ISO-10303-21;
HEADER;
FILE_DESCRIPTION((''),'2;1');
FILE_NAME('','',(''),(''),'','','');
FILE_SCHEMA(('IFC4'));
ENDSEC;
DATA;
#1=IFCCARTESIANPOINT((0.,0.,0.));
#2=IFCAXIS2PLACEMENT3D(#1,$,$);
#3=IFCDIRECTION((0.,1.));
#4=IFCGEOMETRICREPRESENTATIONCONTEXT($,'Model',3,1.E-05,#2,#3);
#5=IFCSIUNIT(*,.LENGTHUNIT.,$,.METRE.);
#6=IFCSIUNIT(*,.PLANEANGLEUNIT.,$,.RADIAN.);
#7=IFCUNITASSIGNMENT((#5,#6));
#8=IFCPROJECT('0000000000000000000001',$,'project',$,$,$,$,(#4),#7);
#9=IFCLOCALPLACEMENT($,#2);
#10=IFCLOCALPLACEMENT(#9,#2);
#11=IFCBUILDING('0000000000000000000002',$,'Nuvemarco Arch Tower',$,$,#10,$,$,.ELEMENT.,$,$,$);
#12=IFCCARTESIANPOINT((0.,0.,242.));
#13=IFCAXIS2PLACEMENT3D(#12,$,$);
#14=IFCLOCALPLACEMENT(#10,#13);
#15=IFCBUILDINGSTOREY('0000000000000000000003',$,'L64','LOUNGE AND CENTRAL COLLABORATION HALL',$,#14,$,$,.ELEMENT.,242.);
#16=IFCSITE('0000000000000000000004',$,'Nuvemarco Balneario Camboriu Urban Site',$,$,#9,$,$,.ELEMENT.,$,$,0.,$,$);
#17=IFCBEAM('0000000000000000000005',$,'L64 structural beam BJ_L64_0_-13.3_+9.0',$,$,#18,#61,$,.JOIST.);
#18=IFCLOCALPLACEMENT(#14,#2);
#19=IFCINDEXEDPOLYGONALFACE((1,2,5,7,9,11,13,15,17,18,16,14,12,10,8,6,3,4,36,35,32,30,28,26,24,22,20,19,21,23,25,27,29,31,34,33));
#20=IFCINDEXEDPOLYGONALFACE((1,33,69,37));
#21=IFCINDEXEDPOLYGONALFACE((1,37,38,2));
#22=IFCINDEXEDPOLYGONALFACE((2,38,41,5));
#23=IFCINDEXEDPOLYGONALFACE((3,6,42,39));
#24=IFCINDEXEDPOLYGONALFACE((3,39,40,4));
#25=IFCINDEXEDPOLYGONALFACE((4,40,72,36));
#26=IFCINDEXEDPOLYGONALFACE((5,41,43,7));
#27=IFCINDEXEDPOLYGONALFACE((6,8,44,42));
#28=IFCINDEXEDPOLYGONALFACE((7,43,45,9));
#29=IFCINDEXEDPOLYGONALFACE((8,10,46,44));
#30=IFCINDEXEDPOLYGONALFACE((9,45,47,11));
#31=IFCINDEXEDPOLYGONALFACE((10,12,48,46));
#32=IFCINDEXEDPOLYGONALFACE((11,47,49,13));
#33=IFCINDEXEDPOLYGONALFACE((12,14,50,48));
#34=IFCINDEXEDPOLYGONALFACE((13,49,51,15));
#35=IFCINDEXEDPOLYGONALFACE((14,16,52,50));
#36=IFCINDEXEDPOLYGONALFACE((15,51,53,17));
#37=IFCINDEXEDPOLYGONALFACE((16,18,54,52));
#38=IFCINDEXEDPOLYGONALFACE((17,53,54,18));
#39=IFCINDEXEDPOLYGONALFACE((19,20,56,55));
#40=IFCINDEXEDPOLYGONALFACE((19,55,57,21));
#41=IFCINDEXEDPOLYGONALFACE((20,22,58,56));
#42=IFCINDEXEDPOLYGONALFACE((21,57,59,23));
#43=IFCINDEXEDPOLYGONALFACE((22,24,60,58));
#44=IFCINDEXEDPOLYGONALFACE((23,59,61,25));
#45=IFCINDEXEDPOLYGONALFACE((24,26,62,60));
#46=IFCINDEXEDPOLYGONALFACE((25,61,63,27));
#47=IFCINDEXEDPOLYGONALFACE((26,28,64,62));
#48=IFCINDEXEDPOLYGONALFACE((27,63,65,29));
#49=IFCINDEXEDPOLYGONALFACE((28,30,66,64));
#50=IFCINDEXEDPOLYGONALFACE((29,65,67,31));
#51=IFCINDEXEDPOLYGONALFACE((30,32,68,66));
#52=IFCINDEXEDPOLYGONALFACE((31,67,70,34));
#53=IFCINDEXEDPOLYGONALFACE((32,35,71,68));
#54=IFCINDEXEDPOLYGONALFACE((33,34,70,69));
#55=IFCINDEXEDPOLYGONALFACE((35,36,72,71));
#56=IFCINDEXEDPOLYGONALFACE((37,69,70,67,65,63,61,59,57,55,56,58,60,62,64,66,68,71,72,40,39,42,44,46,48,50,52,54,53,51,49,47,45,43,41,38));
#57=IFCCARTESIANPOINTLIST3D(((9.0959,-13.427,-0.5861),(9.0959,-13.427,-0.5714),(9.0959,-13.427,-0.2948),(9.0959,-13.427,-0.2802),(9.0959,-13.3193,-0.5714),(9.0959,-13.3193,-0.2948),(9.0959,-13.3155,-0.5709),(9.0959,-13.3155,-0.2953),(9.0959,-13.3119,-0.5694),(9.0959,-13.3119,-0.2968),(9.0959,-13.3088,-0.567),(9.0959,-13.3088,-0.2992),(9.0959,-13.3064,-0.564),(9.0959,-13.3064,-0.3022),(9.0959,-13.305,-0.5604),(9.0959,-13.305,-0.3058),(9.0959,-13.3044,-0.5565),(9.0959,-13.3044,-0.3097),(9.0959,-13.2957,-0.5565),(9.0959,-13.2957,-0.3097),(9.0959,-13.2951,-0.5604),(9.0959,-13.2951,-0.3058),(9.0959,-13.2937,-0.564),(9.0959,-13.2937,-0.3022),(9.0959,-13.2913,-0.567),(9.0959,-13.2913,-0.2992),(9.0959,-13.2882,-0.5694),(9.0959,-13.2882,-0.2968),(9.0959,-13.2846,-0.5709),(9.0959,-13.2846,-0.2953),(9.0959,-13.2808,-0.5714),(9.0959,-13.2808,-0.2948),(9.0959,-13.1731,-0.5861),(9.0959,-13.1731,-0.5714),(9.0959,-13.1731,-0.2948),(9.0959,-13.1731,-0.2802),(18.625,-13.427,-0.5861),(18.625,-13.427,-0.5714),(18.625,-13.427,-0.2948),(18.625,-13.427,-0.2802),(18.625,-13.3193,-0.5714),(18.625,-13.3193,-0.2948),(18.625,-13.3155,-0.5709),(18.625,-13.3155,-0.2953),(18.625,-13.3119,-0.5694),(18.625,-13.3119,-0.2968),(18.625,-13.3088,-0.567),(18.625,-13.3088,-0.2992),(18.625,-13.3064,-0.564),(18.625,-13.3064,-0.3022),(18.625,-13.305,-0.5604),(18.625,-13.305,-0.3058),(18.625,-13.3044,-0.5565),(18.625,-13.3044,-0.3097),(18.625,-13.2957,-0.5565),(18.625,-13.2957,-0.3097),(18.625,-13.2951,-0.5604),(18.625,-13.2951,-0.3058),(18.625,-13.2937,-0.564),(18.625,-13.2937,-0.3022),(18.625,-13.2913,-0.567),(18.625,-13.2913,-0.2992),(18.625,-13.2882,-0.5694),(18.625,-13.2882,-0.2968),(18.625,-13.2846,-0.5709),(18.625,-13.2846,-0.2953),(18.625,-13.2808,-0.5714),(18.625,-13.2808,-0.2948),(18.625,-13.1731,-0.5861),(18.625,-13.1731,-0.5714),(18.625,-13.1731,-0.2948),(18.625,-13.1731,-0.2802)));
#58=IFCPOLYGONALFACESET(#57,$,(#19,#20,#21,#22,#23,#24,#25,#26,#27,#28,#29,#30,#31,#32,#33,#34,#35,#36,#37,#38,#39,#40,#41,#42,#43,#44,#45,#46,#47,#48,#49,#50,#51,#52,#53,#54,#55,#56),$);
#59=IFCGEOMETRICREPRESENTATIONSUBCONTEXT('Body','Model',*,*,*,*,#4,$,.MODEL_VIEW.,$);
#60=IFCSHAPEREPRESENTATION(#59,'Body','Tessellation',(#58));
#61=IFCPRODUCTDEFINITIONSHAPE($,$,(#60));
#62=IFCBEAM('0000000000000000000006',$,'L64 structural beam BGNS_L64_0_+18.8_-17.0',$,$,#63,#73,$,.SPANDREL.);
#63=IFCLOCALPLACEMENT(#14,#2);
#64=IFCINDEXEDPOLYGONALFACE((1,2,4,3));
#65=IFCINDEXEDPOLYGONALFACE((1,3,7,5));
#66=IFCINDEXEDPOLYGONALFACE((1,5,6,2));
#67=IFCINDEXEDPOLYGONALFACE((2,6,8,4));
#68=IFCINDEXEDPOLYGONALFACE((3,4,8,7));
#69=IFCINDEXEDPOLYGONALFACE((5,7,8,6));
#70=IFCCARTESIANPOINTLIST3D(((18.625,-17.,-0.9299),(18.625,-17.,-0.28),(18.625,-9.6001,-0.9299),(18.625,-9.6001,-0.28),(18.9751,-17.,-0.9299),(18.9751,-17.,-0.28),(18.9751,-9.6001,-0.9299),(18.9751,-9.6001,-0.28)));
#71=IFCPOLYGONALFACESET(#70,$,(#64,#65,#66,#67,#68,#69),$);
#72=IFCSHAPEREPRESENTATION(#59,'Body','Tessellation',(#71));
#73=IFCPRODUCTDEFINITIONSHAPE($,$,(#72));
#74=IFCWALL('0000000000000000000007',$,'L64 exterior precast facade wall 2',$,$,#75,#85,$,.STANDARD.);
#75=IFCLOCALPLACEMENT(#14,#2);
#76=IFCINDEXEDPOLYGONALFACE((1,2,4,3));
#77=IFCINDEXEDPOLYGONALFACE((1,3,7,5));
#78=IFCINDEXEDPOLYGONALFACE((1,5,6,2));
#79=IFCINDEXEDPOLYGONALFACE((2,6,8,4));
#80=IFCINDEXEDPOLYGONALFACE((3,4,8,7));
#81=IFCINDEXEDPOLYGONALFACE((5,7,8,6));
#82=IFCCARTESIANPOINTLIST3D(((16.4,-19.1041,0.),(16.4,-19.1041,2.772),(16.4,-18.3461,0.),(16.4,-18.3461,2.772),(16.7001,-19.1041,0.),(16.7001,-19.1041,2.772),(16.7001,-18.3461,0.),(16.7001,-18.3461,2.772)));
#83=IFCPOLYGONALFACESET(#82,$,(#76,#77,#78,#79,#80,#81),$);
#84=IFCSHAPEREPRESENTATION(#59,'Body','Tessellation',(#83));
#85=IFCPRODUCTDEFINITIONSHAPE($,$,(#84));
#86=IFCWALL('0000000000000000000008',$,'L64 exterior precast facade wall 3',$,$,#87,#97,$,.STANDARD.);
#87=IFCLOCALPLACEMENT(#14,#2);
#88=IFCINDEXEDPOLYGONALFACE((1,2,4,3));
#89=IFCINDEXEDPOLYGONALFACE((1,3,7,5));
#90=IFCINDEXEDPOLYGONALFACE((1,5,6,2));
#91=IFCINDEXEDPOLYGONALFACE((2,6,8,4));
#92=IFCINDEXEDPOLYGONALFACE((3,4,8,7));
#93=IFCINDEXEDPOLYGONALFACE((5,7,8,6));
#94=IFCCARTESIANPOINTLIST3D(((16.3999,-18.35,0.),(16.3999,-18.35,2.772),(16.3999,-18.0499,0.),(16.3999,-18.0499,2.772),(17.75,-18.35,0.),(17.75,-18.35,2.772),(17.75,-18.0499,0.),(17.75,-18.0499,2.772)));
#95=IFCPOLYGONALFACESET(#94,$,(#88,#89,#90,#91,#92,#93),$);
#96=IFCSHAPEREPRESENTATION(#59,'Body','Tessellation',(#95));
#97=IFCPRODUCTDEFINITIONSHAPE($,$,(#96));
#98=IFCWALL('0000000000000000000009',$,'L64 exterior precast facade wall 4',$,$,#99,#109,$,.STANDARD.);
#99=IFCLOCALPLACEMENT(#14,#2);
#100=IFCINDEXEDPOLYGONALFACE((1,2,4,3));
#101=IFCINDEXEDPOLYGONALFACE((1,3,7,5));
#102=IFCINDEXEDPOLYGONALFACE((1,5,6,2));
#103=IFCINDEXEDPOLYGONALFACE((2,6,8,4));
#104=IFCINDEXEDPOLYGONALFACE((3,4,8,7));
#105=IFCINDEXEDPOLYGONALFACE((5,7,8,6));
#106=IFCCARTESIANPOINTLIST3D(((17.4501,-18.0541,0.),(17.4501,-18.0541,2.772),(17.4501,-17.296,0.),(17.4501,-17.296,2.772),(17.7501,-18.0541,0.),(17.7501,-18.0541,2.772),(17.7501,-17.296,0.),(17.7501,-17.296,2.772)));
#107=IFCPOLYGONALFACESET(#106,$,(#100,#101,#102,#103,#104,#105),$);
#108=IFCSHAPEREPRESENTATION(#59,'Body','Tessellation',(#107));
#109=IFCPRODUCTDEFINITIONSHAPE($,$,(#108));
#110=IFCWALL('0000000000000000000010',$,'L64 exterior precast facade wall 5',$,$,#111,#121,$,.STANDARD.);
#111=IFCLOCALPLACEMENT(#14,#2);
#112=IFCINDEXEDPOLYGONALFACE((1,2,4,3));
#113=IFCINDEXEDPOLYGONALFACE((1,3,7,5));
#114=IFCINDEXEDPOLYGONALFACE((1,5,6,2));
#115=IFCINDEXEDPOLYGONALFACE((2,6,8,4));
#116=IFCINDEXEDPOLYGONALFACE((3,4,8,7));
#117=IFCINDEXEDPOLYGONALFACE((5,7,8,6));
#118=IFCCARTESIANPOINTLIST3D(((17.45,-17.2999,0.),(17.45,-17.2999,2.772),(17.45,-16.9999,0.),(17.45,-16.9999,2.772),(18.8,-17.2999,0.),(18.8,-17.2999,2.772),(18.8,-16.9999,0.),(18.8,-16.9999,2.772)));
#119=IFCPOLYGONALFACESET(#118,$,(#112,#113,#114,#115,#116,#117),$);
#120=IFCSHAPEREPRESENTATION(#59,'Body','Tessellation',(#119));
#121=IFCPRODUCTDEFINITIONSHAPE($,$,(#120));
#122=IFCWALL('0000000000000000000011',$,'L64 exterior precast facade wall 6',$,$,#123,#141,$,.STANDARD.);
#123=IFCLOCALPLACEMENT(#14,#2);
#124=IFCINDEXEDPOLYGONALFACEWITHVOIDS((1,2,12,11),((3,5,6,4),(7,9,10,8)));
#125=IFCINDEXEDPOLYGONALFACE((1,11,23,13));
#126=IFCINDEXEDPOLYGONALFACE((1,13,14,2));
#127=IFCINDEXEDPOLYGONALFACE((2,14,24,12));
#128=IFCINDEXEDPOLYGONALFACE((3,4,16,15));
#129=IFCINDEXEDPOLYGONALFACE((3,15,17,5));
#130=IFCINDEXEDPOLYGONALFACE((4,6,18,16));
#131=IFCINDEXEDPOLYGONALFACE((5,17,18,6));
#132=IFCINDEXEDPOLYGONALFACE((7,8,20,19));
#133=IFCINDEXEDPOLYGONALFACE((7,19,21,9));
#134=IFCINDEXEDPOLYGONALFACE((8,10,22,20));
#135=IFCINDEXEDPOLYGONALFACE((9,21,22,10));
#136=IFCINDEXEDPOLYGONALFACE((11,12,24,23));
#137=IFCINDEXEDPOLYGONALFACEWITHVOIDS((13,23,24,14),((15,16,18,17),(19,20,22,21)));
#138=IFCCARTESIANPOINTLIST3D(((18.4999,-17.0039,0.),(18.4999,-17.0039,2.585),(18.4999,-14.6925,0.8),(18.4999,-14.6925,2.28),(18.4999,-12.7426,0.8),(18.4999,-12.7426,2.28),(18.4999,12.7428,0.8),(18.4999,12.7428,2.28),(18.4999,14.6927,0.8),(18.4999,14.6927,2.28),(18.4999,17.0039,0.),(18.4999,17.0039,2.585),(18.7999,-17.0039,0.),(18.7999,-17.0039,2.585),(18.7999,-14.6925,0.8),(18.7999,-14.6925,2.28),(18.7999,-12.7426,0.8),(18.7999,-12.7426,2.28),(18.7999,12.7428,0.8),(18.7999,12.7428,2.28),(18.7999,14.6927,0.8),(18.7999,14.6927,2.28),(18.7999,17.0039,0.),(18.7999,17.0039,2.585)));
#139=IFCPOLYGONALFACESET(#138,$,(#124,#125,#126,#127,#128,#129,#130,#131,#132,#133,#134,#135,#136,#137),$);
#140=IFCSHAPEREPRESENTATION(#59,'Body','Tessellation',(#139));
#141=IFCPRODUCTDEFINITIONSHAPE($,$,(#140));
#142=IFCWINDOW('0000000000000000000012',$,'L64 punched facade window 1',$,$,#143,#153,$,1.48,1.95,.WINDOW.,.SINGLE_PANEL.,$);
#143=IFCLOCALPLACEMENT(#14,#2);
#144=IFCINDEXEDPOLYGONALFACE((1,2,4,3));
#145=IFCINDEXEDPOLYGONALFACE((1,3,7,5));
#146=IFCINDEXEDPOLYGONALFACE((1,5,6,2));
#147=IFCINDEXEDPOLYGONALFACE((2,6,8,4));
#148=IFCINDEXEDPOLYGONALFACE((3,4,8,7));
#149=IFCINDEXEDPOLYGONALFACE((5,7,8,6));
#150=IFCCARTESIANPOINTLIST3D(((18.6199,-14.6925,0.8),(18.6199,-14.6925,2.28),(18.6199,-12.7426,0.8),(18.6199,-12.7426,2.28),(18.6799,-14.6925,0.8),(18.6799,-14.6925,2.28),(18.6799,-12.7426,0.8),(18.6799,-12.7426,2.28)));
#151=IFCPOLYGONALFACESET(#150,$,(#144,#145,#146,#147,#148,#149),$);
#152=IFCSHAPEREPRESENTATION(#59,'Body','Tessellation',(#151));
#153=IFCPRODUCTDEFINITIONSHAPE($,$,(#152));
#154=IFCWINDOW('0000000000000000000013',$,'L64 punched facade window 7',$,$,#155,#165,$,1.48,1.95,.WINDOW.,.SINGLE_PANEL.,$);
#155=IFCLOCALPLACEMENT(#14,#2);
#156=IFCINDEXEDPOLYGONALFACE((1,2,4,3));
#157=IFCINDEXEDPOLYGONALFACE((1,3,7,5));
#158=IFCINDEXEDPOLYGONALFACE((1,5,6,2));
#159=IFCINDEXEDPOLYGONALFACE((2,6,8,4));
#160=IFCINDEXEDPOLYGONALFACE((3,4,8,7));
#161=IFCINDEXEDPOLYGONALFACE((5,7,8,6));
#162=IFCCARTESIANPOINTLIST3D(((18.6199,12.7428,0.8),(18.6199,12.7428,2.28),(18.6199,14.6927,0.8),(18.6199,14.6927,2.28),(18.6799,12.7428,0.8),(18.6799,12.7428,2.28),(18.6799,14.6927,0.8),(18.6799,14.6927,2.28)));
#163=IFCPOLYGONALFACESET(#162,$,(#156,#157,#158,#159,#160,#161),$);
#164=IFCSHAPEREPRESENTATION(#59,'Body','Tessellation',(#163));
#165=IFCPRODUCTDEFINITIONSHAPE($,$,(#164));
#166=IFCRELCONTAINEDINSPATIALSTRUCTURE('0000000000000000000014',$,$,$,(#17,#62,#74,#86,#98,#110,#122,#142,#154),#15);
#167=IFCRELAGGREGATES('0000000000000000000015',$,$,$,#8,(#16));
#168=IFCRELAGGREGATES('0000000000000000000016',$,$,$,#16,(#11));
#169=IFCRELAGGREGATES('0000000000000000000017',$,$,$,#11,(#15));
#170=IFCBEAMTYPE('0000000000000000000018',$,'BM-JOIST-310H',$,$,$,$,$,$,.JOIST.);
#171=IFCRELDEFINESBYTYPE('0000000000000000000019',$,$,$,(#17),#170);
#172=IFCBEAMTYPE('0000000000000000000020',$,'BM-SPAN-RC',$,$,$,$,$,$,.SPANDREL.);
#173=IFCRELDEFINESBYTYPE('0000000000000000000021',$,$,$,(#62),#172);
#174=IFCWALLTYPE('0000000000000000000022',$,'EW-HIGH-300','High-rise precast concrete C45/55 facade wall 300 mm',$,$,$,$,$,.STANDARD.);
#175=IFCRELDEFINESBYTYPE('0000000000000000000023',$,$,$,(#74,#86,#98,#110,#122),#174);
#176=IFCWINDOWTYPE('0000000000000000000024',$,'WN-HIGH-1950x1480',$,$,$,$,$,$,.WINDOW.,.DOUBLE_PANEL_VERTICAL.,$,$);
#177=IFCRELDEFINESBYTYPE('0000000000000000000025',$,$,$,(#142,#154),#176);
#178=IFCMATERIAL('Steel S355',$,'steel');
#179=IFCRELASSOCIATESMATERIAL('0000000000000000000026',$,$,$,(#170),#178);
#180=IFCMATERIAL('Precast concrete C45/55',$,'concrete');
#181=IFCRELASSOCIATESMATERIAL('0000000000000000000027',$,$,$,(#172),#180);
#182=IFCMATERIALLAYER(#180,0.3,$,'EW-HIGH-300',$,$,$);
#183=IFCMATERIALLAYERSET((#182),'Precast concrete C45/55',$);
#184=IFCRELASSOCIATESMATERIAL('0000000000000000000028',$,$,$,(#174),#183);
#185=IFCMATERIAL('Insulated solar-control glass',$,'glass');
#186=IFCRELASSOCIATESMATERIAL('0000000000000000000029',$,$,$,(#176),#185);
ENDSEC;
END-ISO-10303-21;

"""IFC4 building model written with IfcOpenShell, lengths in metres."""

from ifc_helpers import new_model, si_unit, direction, frame, frame_2d, origin, origin_2d, place, context, subcontext, project, spatial, rectangle, i_section, extrude, source, transform, mapped, material, layer, layer_set, material_profile, profile_set, type_object, type_shapes, element, fill, save


model = new_model("IFC4")

# Units and contexts
model_context = context("Model", 3, precision=1e-05, world=origin(), true_north=direction((0.0, 1.0)))
body_context = subcontext(model_context, "Body", "Model", "MODEL_VIEW")
ifc_project = project(units=[si_unit("LENGTHUNIT", "METRE"), si_unit("PLANEANGLEUNIT", "RADIAN")], contexts=[model_context])

# Site, building, storey
site_placement = place(None, origin())
site = spatial("IfcSite", under=ifc_project, at=site_placement, Name="Nuvemarco Balneario Camboriu Urban Site", CompositionType="ELEMENT", RefElevation=0.0)
building_placement = place(site_placement, origin())
building = spatial("IfcBuilding", under=site, at=building_placement, Name="Nuvemarco Arch Tower", CompositionType="ELEMENT")
storey_placement = place(building_placement, frame((0.0, 0.0, 242.0)))
storey = spatial("IfcBuildingStorey", under=building, at=storey_placement, Name="L64", Description="LOUNGE AND CENTRAL COLLABORATION HALL", CompositionType="ELEMENT", Elevation=242.0)

# Shared definitions
ifc_material_1 = material(Name="Steel S355", Category="steel")

# Beams
ifc_material_profile_1 = material_profile(ifc_material_1, i_section(OverallWidth=0.2539, OverallDepth=0.3059, WebThickness=0.0088, FlangeThickness=0.0146, FilletRadius=0.0149, at=origin_2d()), Name="W310x79")
ifc_profile_set_1 = profile_set([ifc_material_profile_1], Name="Steel S355")
beam_type_1 = type_object("IfcBeamType", Name="BM-JOIST-310H", PredefinedType="JOIST", material=ifc_profile_set_1)
beam_1_placement = place(storey_placement, frame((9.0959, -13.3, -0.4331), z_axis=(1.0, 0.0, 0.0), x_axis=(0.0, 1.0, 0.0)))
element("IfcBeam", 1, at=beam_1_placement, inside=storey, type_object=beam_type_1, Name="L64 structural beam BJ_L64_0_-13.3_+9.0", PredefinedType="JOIST", context=body_context, shape_type="SweptSolid", body=[
    extrude(i_section(OverallWidth=0.2539, OverallDepth=0.3059, WebThickness=0.0088, FlangeThickness=0.0146, FilletRadius=0.0149, at=origin_2d()), origin(), (0.0, 0.0, 1.0), 9.5291),
])
ifc_material_2 = material(Name="Precast concrete C45/55", Category="concrete")
ifc_material_profile_2 = material_profile(ifc_material_2, rectangle(XDim=0.3501, YDim=0.6499, at=origin_2d()), Name="PC-SP-350x650")
ifc_profile_set_2 = profile_set([ifc_material_profile_2], Name="Precast concrete C45/55")
beam_type_2 = type_object("IfcBeamType", Name="BM-SPAN-RC", PredefinedType="SPANDREL", material=ifc_profile_set_2)
beam_2_placement = place(storey_placement, frame((18.8, -17.0, -0.605), z_axis=(0.0, 1.0, 0.0), x_axis=(-1.0, 0.0, 0.0)))
element("IfcBeam", 2, at=beam_2_placement, inside=storey, type_object=beam_type_2, Name="L64 structural beam BGNS_L64_0_+18.8_-17.0", PredefinedType="SPANDREL", context=body_context, shape_type="SweptSolid", body=[
    extrude(rectangle(XDim=0.3501, YDim=0.6499, at=origin_2d()), origin(), (0.0, 0.0, 1.0), 7.3999),
])

# Walls
ifc_layer_1 = layer(ifc_material_2, 0.3, Name="EW-HIGH-300")
ifc_layer_set_1 = layer_set([ifc_layer_1], Name="Precast concrete C45/55")
wall_type_1 = type_object("IfcWallType", Name="EW-HIGH-300", Description="High-rise precast concrete C45/55 facade wall 300 mm", PredefinedType="STANDARD", material=ifc_layer_set_1)
wall_1_placement = place(storey_placement, frame((16.55, -19.104, 0.0), z_axis=(0.0, 0.0, 1.0), x_axis=(0.0, 1.0, 0.0)))
element("IfcWall", 3, at=wall_1_placement, inside=storey, type_object=wall_type_1, Name="L64 exterior precast facade wall 2", PredefinedType="STANDARD", context=body_context, shape_type="SweptSolid", body=[
    extrude(rectangle(XDim=0.7581, YDim=0.3, at=frame_2d((0.3789, 0.0))), origin(), (0.0, 0.0, 1.0), 2.772),
])
wall_2_placement = place(storey_placement, frame((16.3999, -18.2, 0.0), z_axis=(0.0, 0.0, 1.0), x_axis=(1.0, 0.0, 0.0)))
element("IfcWall", 4, at=wall_2_placement, inside=storey, type_object=wall_type_1, Name="L64 exterior precast facade wall 3", PredefinedType="STANDARD", context=body_context, shape_type="SweptSolid", body=[
    extrude(rectangle(XDim=1.3501, YDim=0.3, at=frame_2d((0.675, 0.0))), origin(), (0.0, 0.0, 1.0), 2.772),
])
wall_3_placement = place(storey_placement, frame((17.6001, -18.054, 0.0), z_axis=(0.0, 0.0, 1.0), x_axis=(0.0, 1.0, 0.0)))
element("IfcWall", 5, at=wall_3_placement, inside=storey, type_object=wall_type_1, Name="L64 exterior precast facade wall 4", PredefinedType="STANDARD", context=body_context, shape_type="SweptSolid", body=[
    extrude(rectangle(XDim=0.7581, YDim=0.3, at=frame_2d((0.3789, 0.0))), origin(), (0.0, 0.0, 1.0), 2.772),
])
wall_4_placement = place(storey_placement, frame((17.45, -17.1499, 0.0), z_axis=(0.0, 0.0, 1.0), x_axis=(1.0, 0.0, 0.0)))
element("IfcWall", 6, at=wall_4_placement, inside=storey, type_object=wall_type_1, Name="L64 exterior precast facade wall 5", PredefinedType="STANDARD", context=body_context, shape_type="SweptSolid", body=[
    extrude(rectangle(XDim=1.3501, YDim=0.3, at=frame_2d((0.675, 0.0))), origin(), (0.0, 0.0, 1.0), 2.772),
])

# Wall, openings, windows
wall_5_placement = place(storey_placement, frame((18.6499, -17.0039, 0.0), z_axis=(0.0, 0.0, 1.0), x_axis=(0.0, 1.0, 0.0)))
wall_5 = element("IfcWall", 7, at=wall_5_placement, inside=storey, type_object=wall_type_1, Name="L64 exterior precast facade wall 6", PredefinedType="STANDARD", context=body_context, shape_type="SweptSolid", body=[
    extrude(rectangle(XDim=34.0078, YDim=0.3, at=frame_2d((17.0039, 0.0))), origin(), (0.0, 0.0, 1.0), 2.585),
])
opening_1_placement = place(wall_5_placement, frame((2.3113, 0.0, 0.8)))
opening_1 = element("IfcOpeningElement", 8, at=opening_1_placement, cuts=wall_5, PredefinedType="OPENING", context=body_context, shape_type="SweptSolid", body=[
    extrude(rectangle(XDim=1.95, YDim=1.48, at=frame_2d((0.9751, 0.74))), frame((0.0, 0.1599, 0.0), z_axis=(0.0, -1.0, 0.0), x_axis=(1.0, 0.0, 0.0)), (0.0, 0.0, 1.0), 0.3201),
])
opening_2_placement = place(wall_5_placement, frame((29.7466, 0.0, 0.8)))
opening_2 = element("IfcOpeningElement", 9, at=opening_2_placement, cuts=wall_5, PredefinedType="OPENING", context=body_context, shape_type="SweptSolid", body=[
    extrude(rectangle(XDim=1.95, YDim=1.48, at=frame_2d((0.9751, 0.74))), frame((0.0, 0.1599, 0.0), z_axis=(0.0, -1.0, 0.0), x_axis=(1.0, 0.0, 0.0)), (0.0, 0.0, 1.0), 0.3201),
])
ifc_material_3 = material(Name="Insulated solar-control glass", Category="glass")
window_type = type_object("IfcWindowType", Name="WN-HIGH-1950x1480", PartitioningType="DOUBLE_PANEL_VERTICAL", PredefinedType="WINDOW", material=ifc_material_3)
shared_shape_1 = source(origin(), body_context, "Body", "SweptSolid", [
    extrude(rectangle(XDim=1.95, YDim=1.48, at=frame_2d((0.9751, 0.74))), frame((0.0, 0.03, 0.0), z_axis=(0.0, -1.0, 0.0), x_axis=(1.0, 0.0, 0.0)), (0.0, 0.0, 1.0), 0.0601),
])
type_shapes(window_type, [shared_shape_1])
window_1_placement = place(opening_1_placement, origin())
window_1 = element("IfcWindow", 10, at=window_1_placement, inside=storey, type_object=window_type, Name="L64 punched facade window 1", OverallHeight=1.48, OverallWidth=1.95, PartitioningType="SINGLE_PANEL", PredefinedType="WINDOW", context=body_context, shape_type="MappedRepresentation", body=[
    mapped(shared_shape_1, transform((0.0, 0.0, 0.0), scale=1.0)),
])
fill(opening_1, window_1)
window_2_placement = place(opening_2_placement, origin())
window_2 = element("IfcWindow", 11, at=window_2_placement, inside=storey, type_object=window_type, Name="L64 punched facade window 7", OverallHeight=1.48, OverallWidth=1.95, PartitioningType="SINGLE_PANEL", PredefinedType="WINDOW", context=body_context, shape_type="MappedRepresentation", body=[
    mapped(shared_shape_1, transform((0.0, 0.0, 0.0), scale=1.0)),
])
fill(opening_2, window_2)

save(model, "model.ifc")
